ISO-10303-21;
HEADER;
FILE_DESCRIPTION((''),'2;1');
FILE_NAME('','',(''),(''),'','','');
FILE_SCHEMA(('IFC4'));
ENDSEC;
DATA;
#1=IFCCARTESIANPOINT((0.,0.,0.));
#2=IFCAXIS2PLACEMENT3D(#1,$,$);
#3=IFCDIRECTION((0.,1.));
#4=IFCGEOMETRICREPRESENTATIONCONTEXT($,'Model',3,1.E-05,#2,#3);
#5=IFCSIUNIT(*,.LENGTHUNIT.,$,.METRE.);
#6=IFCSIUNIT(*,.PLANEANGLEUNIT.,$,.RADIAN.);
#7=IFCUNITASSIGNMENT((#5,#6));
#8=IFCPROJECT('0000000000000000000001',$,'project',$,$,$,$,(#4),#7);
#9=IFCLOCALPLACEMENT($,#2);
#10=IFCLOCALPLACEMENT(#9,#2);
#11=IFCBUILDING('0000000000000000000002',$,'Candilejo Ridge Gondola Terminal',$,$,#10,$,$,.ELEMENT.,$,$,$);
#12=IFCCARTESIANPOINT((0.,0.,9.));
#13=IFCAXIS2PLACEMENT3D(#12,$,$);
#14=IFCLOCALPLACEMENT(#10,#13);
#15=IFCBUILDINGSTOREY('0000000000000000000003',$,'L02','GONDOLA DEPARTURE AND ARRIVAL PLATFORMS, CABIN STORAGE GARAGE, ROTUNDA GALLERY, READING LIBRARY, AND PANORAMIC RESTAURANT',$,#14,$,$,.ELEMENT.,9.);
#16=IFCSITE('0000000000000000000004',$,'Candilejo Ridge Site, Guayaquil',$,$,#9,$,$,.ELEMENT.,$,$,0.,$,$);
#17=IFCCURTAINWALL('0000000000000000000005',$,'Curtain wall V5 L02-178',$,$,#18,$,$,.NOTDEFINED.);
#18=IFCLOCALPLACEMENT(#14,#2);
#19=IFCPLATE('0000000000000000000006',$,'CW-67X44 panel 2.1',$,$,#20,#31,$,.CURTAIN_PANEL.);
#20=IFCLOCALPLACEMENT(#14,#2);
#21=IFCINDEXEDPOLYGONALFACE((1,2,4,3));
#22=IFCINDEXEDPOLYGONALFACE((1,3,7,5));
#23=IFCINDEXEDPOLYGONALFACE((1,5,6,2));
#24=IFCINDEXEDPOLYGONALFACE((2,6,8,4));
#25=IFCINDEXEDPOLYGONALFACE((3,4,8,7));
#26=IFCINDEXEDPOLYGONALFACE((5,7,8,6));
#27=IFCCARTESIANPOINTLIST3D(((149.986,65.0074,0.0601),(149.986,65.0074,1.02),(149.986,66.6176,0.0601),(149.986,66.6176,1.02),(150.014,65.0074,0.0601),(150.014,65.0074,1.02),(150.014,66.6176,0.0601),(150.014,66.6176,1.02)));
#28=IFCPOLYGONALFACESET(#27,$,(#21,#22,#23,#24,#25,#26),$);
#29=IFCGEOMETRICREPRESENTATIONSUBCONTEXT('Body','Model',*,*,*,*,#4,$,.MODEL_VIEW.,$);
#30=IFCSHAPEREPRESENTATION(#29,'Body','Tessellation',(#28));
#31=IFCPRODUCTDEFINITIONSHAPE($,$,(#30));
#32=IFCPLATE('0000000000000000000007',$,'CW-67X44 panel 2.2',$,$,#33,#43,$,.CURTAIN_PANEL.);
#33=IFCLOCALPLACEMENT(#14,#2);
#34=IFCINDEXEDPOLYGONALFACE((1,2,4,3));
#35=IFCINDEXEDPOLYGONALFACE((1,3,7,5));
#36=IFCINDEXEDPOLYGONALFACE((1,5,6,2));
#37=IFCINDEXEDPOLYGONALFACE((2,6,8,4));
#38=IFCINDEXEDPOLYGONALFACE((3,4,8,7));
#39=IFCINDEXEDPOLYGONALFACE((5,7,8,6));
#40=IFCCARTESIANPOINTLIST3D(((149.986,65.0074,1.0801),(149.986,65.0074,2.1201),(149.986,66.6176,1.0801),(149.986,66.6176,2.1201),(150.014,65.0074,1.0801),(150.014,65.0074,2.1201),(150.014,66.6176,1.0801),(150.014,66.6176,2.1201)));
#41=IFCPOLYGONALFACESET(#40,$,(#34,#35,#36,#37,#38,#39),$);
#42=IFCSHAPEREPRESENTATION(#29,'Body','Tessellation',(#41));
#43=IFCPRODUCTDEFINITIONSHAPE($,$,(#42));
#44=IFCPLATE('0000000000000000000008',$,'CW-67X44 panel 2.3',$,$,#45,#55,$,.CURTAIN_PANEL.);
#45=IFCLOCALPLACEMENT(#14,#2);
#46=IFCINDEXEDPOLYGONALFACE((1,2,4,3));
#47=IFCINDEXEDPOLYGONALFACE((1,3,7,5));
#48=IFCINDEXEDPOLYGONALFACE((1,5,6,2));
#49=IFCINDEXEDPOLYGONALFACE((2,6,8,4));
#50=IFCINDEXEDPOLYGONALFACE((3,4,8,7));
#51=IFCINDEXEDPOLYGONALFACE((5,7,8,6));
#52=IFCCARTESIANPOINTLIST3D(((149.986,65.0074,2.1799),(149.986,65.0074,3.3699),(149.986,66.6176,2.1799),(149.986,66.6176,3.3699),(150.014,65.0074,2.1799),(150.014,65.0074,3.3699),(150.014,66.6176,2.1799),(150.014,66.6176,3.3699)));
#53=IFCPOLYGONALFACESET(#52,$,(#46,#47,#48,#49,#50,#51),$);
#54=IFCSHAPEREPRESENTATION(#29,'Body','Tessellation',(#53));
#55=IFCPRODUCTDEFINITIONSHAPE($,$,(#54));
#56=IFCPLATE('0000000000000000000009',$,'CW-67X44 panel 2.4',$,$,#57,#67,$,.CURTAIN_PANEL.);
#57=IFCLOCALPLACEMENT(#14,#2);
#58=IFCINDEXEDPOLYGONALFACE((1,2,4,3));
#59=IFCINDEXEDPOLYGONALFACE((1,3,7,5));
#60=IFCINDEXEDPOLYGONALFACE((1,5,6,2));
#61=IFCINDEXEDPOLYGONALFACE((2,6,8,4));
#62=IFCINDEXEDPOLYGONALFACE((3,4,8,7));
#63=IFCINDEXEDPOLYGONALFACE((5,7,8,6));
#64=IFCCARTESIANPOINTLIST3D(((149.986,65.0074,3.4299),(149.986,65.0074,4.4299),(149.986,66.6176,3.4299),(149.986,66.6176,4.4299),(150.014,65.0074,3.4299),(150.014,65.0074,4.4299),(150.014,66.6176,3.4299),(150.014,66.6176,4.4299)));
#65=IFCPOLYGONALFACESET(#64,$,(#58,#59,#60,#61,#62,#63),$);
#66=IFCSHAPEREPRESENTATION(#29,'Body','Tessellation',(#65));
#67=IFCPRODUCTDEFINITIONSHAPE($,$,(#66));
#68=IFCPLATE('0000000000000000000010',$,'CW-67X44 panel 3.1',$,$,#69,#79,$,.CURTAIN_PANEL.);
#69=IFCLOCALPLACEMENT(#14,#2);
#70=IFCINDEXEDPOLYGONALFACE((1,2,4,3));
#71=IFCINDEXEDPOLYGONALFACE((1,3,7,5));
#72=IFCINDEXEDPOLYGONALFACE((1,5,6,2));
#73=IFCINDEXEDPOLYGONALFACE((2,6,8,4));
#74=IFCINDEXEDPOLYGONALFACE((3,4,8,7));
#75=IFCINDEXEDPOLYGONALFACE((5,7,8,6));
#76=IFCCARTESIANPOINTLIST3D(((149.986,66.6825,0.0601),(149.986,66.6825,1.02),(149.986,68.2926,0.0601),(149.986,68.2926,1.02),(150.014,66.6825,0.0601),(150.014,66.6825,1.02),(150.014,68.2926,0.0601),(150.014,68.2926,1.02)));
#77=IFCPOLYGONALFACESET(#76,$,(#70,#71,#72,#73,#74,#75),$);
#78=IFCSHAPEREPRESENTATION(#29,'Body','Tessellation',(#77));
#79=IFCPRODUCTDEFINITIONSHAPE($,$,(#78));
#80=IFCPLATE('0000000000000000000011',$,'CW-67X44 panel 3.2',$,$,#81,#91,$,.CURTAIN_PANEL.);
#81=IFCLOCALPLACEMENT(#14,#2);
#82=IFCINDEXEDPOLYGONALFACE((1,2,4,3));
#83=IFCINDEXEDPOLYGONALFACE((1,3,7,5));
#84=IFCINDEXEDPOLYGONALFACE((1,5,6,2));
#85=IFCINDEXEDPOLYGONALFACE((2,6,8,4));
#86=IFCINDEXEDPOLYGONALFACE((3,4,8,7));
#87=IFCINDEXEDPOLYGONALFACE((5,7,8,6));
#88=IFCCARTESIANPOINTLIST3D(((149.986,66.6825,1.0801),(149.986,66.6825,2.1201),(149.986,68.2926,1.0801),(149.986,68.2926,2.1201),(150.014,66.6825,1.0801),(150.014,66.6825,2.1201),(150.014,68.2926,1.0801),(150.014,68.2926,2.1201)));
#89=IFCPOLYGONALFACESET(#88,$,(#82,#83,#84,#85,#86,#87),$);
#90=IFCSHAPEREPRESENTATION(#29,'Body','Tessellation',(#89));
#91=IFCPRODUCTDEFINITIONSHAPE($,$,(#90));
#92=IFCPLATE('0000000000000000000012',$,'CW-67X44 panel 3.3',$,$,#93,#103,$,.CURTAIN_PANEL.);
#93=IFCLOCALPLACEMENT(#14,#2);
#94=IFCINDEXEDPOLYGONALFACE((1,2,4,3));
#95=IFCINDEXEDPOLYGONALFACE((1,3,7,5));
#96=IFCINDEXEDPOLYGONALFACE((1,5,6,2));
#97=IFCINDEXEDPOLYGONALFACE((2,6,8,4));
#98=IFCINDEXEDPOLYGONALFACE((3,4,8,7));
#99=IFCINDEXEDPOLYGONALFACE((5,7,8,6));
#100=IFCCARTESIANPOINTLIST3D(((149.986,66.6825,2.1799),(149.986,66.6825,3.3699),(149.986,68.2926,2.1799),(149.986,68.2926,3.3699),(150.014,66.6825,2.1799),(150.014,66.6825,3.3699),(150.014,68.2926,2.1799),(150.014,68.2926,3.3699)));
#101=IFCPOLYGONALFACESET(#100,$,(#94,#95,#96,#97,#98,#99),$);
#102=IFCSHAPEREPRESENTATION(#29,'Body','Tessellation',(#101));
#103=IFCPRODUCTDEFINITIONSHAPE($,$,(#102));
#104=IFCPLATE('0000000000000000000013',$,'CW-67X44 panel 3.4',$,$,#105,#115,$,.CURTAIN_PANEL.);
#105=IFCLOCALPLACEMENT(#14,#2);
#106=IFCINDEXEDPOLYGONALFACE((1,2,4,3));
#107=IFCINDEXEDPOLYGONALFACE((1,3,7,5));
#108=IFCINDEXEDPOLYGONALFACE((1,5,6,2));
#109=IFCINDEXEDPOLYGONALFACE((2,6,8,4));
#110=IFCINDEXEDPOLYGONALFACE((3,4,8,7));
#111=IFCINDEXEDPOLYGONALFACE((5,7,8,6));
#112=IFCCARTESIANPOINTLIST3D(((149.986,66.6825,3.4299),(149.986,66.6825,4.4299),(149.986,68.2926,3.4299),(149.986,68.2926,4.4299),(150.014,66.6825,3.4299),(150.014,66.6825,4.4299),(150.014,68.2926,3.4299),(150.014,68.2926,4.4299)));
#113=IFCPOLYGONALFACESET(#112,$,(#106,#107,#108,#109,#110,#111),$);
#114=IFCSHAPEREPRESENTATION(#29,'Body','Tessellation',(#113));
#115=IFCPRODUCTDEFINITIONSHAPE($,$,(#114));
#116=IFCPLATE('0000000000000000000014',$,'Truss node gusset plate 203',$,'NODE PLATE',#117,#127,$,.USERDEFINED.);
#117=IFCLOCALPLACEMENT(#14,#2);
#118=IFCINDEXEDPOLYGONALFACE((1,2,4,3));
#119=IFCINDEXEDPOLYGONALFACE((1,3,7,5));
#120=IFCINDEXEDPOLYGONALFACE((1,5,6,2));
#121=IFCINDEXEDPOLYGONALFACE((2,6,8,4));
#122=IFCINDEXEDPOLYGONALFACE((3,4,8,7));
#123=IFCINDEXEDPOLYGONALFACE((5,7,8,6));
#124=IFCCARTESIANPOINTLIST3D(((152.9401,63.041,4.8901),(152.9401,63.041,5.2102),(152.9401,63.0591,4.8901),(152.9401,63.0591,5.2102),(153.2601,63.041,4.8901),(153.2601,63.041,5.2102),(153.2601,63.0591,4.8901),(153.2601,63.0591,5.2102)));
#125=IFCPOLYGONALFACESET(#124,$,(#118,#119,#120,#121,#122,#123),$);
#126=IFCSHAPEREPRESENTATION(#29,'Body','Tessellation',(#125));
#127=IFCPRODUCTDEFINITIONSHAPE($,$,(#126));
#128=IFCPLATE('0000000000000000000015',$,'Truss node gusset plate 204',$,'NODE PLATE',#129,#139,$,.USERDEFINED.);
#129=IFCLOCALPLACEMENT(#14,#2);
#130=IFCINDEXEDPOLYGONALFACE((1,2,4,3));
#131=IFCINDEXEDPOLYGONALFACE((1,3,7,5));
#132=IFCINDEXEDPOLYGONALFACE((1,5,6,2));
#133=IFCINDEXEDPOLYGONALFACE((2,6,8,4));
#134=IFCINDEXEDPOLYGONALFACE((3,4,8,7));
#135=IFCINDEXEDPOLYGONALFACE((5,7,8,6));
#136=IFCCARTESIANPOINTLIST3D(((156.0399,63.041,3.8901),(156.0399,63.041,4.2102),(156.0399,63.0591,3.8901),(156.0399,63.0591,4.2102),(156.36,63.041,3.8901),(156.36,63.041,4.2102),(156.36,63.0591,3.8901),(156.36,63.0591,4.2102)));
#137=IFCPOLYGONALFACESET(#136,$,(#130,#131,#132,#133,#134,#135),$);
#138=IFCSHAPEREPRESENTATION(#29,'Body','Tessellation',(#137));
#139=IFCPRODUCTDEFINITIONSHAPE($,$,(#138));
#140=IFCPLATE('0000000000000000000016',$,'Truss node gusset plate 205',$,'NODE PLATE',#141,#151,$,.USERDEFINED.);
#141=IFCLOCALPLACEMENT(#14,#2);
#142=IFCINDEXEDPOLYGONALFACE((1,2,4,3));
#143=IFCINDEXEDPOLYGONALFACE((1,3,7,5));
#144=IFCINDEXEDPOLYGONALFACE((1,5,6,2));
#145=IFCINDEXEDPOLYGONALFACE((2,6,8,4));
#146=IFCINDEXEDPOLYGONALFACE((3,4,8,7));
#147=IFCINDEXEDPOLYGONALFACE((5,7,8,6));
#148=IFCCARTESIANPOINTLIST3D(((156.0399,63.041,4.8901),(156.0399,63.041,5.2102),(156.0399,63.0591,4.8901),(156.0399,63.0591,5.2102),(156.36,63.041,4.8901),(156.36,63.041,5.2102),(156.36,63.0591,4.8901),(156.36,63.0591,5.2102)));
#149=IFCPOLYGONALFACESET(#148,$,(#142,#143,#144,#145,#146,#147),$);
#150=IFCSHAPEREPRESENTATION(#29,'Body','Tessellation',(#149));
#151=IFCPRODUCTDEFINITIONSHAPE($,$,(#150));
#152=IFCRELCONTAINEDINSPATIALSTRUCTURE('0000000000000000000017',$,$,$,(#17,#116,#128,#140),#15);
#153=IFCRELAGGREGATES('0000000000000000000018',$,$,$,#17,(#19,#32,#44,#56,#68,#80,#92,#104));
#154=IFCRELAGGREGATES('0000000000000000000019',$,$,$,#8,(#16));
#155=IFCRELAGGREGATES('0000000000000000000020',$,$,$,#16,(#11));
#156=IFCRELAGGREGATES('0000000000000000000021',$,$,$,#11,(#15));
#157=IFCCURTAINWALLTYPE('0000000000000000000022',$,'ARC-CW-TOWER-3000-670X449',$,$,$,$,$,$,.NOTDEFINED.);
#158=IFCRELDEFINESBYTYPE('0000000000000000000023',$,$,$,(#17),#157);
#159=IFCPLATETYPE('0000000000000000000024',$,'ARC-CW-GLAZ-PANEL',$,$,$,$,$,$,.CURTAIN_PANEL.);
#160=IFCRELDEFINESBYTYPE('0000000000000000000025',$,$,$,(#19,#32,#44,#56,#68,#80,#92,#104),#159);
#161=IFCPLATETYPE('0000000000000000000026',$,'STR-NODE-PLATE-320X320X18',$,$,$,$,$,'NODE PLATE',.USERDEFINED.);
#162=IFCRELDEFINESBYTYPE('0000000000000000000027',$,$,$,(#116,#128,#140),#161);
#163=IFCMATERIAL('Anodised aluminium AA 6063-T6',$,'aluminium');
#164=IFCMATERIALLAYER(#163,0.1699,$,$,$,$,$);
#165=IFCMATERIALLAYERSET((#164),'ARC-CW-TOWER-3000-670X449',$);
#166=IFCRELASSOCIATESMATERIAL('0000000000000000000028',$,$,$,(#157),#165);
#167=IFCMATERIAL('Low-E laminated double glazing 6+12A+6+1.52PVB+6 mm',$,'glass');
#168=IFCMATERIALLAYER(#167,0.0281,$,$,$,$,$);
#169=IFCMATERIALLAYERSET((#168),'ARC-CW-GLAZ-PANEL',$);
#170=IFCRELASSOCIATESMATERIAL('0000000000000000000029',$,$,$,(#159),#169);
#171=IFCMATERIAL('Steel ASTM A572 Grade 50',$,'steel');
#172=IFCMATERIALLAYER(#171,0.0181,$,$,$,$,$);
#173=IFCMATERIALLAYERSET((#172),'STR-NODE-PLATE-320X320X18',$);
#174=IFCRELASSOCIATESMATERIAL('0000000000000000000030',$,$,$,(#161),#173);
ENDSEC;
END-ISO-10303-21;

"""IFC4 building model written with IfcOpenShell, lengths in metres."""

from ifc_helpers import new_model, si_unit, direction, frame, origin, origin_2d, place, context, subcontext, project, spatial, rectangle, extrude, material, layer, layer_set, type_object, element, aggregate, save


model = new_model("IFC4")

# Units and contexts
model_context = context("Model", 3, precision=1e-05, world=origin(), true_north=direction((0.0, 1.0)))
body_context = subcontext(model_context, "Body", "Model", "MODEL_VIEW")
ifc_project = project(units=[si_unit("LENGTHUNIT", "METRE"), si_unit("PLANEANGLEUNIT", "RADIAN")], contexts=[model_context])

# Site, building, storey
site_placement = place(None, origin())
site = spatial("IfcSite", under=ifc_project, at=site_placement, Name="Candilejo Ridge Site, Guayaquil", CompositionType="ELEMENT", RefElevation=0.0)
building_placement = place(site_placement, origin())
building = spatial("IfcBuilding", under=site, at=building_placement, Name="Candilejo Ridge Gondola Terminal", CompositionType="ELEMENT")
storey_placement = place(building_placement, frame((0.0, 0.0, 9.0)))
storey = spatial("IfcBuildingStorey", under=building, at=storey_placement, Name="L02", Description="GONDOLA DEPARTURE AND ARRIVAL PLATFORMS, CABIN STORAGE GARAGE, ROTUNDA GALLERY, READING LIBRARY, AND PANORAMIC RESTAURANT", CompositionType="ELEMENT", Elevation=9.0)

# Curtain wall
ifc_material_1 = material(Name="Anodised aluminium AA 6063-T6", Category="aluminium")
ifc_layer_1 = layer(ifc_material_1, 0.1699)
ifc_layer_set_1 = layer_set([ifc_layer_1], Name="ARC-CW-TOWER-3000-670X449")
curtain_wall_type = type_object("IfcCurtainWallType", Name="ARC-CW-TOWER-3000-670X449", PredefinedType="NOTDEFINED", material=ifc_layer_set_1)
curtain_wall_placement = place(storey_placement, origin())
curtain_wall = element("IfcCurtainWall", 1, at=curtain_wall_placement, inside=storey, type_object=curtain_wall_type, Name="Curtain wall V5 L02-178", PredefinedType="NOTDEFINED")

# Plates
ifc_material_2 = material(Name="Low-E laminated double glazing 6+12A+6+1.52PVB+6 mm", Category="glass")
ifc_layer_2 = layer(ifc_material_2, 0.0281)
ifc_layer_set_2 = layer_set([ifc_layer_2], Name="ARC-CW-GLAZ-PANEL")
plate_type_1 = type_object("IfcPlateType", Name="ARC-CW-GLAZ-PANEL", PredefinedType="CURTAIN_PANEL", material=ifc_layer_set_2)
plate_1_placement = place(storey_placement, frame((150.0, 65.8125, 0.0601), z_axis=(0.0, 0.0, 1.0), x_axis=(0.0, 1.0, 0.0)))
plate_1 = element("IfcPlate", 2, at=plate_1_placement, type_object=plate_type_1, Name="CW-67X44 panel 2.1", PredefinedType="CURTAIN_PANEL", context=body_context, shape_type="SweptSolid", body=[
    extrude(rectangle(XDim=1.6101, YDim=0.0281, at=origin_2d()), origin(), (0.0, 0.0, 1.0), 0.96),
])
plate_2_placement = place(storey_placement, frame((150.0, 65.8125, 1.0801), z_axis=(0.0, 0.0, 1.0), x_axis=(0.0, 1.0, 0.0)))
plate_2 = element("IfcPlate", 3, at=plate_2_placement, type_object=plate_type_1, Name="CW-67X44 panel 2.2", PredefinedType="CURTAIN_PANEL", context=body_context, shape_type="SweptSolid", body=[
    extrude(rectangle(XDim=1.6101, YDim=0.0281, at=origin_2d()), origin(), (0.0, 0.0, 1.0), 1.04),
])
plate_3_placement = place(storey_placement, frame((150.0, 65.8125, 2.1799), z_axis=(0.0, 0.0, 1.0), x_axis=(0.0, 1.0, 0.0)))
plate_3 = element("IfcPlate", 4, at=plate_3_placement, type_object=plate_type_1, Name="CW-67X44 panel 2.3", PredefinedType="CURTAIN_PANEL", context=body_context, shape_type="SweptSolid", body=[
    extrude(rectangle(XDim=1.6101, YDim=0.0281, at=origin_2d()), origin(), (0.0, 0.0, 1.0), 1.1899),
])
plate_4_placement = place(storey_placement, frame((150.0, 65.8125, 3.4299), z_axis=(0.0, 0.0, 1.0), x_axis=(0.0, 1.0, 0.0)))
plate_4 = element("IfcPlate", 5, at=plate_4_placement, type_object=plate_type_1, Name="CW-67X44 panel 2.4", PredefinedType="CURTAIN_PANEL", context=body_context, shape_type="SweptSolid", body=[
    extrude(rectangle(XDim=1.6101, YDim=0.0281, at=origin_2d()), origin(), (0.0, 0.0, 1.0), 1.0),
])
plate_5_placement = place(storey_placement, frame((150.0, 67.4875, 0.0601), z_axis=(0.0, 0.0, 1.0), x_axis=(0.0, 1.0, 0.0)))
plate_5 = element("IfcPlate", 6, at=plate_5_placement, type_object=plate_type_1, Name="CW-67X44 panel 3.1", PredefinedType="CURTAIN_PANEL", context=body_context, shape_type="SweptSolid", body=[
    extrude(rectangle(XDim=1.6101, YDim=0.0281, at=origin_2d()), origin(), (0.0, 0.0, 1.0), 0.96),
])
plate_6_placement = place(storey_placement, frame((150.0, 67.4875, 1.0801), z_axis=(0.0, 0.0, 1.0), x_axis=(0.0, 1.0, 0.0)))
plate_6 = element("IfcPlate", 7, at=plate_6_placement, type_object=plate_type_1, Name="CW-67X44 panel 3.2", PredefinedType="CURTAIN_PANEL", context=body_context, shape_type="SweptSolid", body=[
    extrude(rectangle(XDim=1.6101, YDim=0.0281, at=origin_2d()), origin(), (0.0, 0.0, 1.0), 1.04),
])
plate_7_placement = place(storey_placement, frame((150.0, 67.4875, 2.1799), z_axis=(0.0, 0.0, 1.0), x_axis=(0.0, 1.0, 0.0)))
plate_7 = element("IfcPlate", 8, at=plate_7_placement, type_object=plate_type_1, Name="CW-67X44 panel 3.3", PredefinedType="CURTAIN_PANEL", context=body_context, shape_type="SweptSolid", body=[
    extrude(rectangle(XDim=1.6101, YDim=0.0281, at=origin_2d()), origin(), (0.0, 0.0, 1.0), 1.1899),
])
plate_8_placement = place(storey_placement, frame((150.0, 67.4875, 3.4299), z_axis=(0.0, 0.0, 1.0), x_axis=(0.0, 1.0, 0.0)))
plate_8 = element("IfcPlate", 9, at=plate_8_placement, type_object=plate_type_1, Name="CW-67X44 panel 3.4", PredefinedType="CURTAIN_PANEL", context=body_context, shape_type="SweptSolid", body=[
    extrude(rectangle(XDim=1.6101, YDim=0.0281, at=origin_2d()), origin(), (0.0, 0.0, 1.0), 1.0),
])
aggregate(curtain_wall, [plate_1, plate_2, plate_3, plate_4, plate_5, plate_6, plate_7, plate_8])

# Plates
ifc_material_3 = material(Name="Steel ASTM A572 Grade 50", Category="steel")
ifc_layer_3 = layer(ifc_material_3, 0.0181)
ifc_layer_set_3 = layer_set([ifc_layer_3], Name="STR-NODE-PLATE-320X320X18")
plate_type_2 = type_object("IfcPlateType", Name="STR-NODE-PLATE-320X320X18", ElementType="NODE PLATE", PredefinedType="USERDEFINED", material=ifc_layer_set_3)
for number, where, z_axis, x_axis, name in (
    (10, (153.1001, 63.05, 4.8901), (0.0, 0.0, 1.0), (1.0, 0.0, 0.0), "Truss node gusset plate 203"),
    (11, (156.2, 63.05, 3.8901), (0.0, 0.0, 1.0), (1.0, 0.0, 0.0), "Truss node gusset plate 204"),
    (12, (156.2, 63.05, 4.8901), (0.0, 0.0, 1.0), (1.0, 0.0, 0.0), "Truss node gusset plate 205"),
):
    element("IfcPlate", number, at=place(storey_placement, frame(where, z_axis=z_axis, x_axis=x_axis)), inside=storey, type_object=plate_type_2, Name=name, ObjectType="NODE PLATE", PredefinedType="USERDEFINED", context=body_context, shape_type="SweptSolid", body=[
        extrude(rectangle(XDim=0.3201, YDim=0.0181, at=origin_2d()), origin(), (0.0, 0.0, 1.0), 0.3201),
    ])

save(model, "model.ifc")
